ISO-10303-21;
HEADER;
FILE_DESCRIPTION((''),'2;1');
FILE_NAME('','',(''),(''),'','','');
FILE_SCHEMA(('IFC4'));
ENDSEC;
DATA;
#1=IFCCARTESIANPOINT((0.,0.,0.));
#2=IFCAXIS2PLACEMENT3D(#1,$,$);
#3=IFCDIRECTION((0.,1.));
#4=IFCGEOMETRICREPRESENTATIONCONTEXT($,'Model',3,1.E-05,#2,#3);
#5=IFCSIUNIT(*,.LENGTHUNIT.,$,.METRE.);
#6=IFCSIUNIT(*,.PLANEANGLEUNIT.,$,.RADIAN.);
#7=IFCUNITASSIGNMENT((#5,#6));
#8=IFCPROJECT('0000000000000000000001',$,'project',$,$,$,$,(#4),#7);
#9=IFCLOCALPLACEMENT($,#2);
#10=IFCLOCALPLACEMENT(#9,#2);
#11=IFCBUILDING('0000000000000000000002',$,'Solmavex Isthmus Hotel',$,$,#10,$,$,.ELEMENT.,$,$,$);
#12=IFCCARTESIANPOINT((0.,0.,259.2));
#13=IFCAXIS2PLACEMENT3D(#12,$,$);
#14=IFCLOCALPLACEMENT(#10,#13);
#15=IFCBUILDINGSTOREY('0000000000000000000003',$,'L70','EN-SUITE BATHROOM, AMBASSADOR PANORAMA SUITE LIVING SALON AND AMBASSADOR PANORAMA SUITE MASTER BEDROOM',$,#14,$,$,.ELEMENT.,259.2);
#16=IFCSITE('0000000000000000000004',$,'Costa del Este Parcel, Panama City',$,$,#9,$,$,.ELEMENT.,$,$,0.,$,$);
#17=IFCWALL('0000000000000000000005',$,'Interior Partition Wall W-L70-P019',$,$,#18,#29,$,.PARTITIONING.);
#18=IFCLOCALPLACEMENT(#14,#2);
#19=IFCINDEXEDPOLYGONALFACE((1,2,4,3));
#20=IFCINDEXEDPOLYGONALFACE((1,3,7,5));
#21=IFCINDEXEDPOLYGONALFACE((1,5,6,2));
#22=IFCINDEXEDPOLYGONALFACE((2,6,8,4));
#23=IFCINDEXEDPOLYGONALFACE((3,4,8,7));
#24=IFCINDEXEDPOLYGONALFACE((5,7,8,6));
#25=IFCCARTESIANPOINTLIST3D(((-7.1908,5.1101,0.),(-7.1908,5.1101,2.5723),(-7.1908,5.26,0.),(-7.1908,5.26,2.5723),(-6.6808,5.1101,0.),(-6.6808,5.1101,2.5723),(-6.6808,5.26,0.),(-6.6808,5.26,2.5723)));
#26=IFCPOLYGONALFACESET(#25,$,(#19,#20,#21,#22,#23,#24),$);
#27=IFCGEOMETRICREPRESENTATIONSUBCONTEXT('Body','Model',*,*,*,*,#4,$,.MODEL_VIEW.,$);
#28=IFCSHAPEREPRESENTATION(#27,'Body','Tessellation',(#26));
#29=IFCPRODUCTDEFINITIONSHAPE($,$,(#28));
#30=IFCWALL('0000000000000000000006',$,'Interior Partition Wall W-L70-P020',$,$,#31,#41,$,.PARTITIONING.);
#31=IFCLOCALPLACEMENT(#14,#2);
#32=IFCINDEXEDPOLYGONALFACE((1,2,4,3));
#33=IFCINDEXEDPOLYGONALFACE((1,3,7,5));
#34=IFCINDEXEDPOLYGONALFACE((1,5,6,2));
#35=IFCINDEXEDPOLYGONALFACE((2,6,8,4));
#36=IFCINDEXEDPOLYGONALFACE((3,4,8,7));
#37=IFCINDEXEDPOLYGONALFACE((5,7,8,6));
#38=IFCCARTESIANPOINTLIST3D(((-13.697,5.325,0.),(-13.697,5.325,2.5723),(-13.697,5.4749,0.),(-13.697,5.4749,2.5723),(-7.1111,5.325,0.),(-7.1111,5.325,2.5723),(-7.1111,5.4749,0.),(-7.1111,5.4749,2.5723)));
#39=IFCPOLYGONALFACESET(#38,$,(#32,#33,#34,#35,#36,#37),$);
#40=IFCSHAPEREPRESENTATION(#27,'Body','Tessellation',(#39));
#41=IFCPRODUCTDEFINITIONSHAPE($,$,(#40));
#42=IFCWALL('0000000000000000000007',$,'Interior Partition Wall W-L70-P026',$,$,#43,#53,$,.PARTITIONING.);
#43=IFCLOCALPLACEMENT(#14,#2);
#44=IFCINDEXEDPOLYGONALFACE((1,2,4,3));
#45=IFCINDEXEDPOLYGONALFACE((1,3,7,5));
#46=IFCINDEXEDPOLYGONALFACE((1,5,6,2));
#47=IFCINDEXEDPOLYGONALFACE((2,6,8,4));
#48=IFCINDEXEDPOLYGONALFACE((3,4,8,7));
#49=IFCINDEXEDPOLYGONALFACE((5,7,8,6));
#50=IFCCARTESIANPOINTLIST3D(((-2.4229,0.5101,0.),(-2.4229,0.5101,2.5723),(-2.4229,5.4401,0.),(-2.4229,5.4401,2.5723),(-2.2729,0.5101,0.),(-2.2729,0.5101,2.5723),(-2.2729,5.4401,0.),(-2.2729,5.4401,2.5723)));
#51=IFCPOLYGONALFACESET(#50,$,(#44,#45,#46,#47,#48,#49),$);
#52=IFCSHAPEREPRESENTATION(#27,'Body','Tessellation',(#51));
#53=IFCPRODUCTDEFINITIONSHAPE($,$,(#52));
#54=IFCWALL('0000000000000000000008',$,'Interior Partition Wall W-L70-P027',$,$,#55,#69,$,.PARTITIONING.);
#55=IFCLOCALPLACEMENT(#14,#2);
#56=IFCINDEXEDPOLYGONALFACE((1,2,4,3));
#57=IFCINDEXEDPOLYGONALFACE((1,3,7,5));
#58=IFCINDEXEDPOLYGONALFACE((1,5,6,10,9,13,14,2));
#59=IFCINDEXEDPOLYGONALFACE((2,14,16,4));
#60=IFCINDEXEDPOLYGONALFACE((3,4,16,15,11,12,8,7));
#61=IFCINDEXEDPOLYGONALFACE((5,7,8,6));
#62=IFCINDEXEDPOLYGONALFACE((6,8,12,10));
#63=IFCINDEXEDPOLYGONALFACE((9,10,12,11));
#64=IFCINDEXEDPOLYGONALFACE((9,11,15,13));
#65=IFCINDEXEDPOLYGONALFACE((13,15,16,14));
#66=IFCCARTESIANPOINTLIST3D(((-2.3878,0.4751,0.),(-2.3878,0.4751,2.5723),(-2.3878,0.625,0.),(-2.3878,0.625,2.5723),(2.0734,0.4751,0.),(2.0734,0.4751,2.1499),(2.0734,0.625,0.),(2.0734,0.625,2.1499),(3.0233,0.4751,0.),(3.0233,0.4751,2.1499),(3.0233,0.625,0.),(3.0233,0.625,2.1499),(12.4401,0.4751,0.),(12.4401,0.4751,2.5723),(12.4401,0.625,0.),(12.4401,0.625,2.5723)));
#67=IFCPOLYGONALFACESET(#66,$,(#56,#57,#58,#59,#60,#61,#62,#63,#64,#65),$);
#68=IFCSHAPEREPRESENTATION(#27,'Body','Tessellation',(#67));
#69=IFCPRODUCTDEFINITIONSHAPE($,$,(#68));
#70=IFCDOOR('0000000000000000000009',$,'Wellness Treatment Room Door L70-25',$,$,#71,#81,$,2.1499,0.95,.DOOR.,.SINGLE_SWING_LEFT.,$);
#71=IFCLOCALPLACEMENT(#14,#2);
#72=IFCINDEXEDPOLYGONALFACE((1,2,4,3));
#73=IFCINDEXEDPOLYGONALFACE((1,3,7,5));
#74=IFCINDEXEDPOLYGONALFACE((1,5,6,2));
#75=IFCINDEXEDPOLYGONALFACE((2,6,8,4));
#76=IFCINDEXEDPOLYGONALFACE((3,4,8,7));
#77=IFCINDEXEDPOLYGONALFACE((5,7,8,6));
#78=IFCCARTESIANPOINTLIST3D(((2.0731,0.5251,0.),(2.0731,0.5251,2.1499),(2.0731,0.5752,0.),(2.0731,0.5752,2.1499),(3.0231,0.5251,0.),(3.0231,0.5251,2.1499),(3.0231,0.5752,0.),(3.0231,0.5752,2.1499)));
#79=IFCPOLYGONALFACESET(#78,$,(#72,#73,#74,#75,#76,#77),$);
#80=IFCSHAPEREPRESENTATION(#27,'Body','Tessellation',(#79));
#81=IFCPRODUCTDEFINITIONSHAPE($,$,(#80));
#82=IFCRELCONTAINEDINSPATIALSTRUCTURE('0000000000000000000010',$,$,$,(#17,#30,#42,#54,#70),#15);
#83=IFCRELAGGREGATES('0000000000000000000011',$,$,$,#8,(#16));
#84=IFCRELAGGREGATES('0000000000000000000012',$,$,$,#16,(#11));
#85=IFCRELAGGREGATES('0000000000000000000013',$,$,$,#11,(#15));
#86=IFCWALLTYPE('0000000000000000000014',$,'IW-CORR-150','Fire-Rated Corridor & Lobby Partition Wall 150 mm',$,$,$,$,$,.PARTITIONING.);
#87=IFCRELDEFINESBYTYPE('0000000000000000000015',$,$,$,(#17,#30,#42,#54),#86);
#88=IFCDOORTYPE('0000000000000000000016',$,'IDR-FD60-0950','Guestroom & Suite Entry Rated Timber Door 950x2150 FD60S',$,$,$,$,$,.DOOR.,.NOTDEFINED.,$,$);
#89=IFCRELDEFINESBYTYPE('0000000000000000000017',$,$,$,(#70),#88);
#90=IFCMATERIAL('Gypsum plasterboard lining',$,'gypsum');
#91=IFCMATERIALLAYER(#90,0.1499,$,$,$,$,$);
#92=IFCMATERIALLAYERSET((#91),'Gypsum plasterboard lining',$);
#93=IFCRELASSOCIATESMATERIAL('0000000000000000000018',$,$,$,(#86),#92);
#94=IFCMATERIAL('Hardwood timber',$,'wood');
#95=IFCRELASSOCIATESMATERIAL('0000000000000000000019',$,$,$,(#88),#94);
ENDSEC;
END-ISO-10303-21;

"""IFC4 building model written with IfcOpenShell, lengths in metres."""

from ifc_helpers import new_model, si_unit, direction, frame, frame_2d, origin, place, context, subcontext, project, spatial, rectangle, extrude, material, layer, layer_set, type_object, element, fill, save


model = new_model("IFC4")

# Units and contexts
model_context = context("Model", 3, precision=1e-05, world=origin(), true_north=direction((0.0, 1.0)))
body_context = subcontext(model_context, "Body", "Model", "MODEL_VIEW")
ifc_project = project(units=[si_unit("LENGTHUNIT", "METRE"), si_unit("PLANEANGLEUNIT", "RADIAN")], contexts=[model_context])

# Site, building, storey
site_placement = place(None, origin())
site = spatial("IfcSite", under=ifc_project, at=site_placement, Name="Costa del Este Parcel, Panama City", CompositionType="ELEMENT", RefElevation=0.0)
building_placement = place(site_placement, origin())
building = spatial("IfcBuilding", under=site, at=building_placement, Name="Solmavex Isthmus Hotel", CompositionType="ELEMENT")
storey_placement = place(building_placement, frame((0.0, 0.0, 259.2)))
storey = spatial("IfcBuildingStorey", under=building, at=storey_placement, Name="L70", Description="EN-SUITE BATHROOM, AMBASSADOR PANORAMA SUITE LIVING SALON AND AMBASSADOR PANORAMA SUITE MASTER BEDROOM", CompositionType="ELEMENT", Elevation=259.2)

# Shared definitions
ifc_material_1 = material(Name="Gypsum plasterboard lining", Category="gypsum")
ifc_layer_1 = layer(ifc_material_1, 0.1499)
ifc_layer_set_1 = layer_set([ifc_layer_1], Name="Gypsum plasterboard lining")
wall_type_1 = type_object("IfcWallType", Name="IW-CORR-150", Description="Fire-Rated Corridor & Lobby Partition Wall 150 mm", PredefinedType="PARTITIONING", material=ifc_layer_set_1)

# Shared definitions
ifc_material_2 = material(Name="Hardwood timber", Category="wood")
door_type = type_object("IfcDoorType", Name="IDR-FD60-0950", Description="Guestroom & Suite Entry Rated Timber Door 950x2150 FD60S", OperationType="NOTDEFINED", PredefinedType="DOOR", material=ifc_material_2)

# Walls
wall_1_placement = place(storey_placement, frame((-6.6809, 5.1851, 0.0), z_axis=(0.0, 0.0, 1.0), x_axis=(-1.0, 0.0, 0.0)))
element("IfcWall", 1, at=wall_1_placement, inside=storey, type_object=wall_type_1, Name="Interior Partition Wall W-L70-P019", PredefinedType="PARTITIONING", context=body_context, shape_type="SweptSolid", body=[
    extrude(rectangle(XDim=0.51, YDim=0.1499, at=frame_2d((0.2549, 0.0))), origin(), (0.0, 0.0, 1.0), 2.5723),
])
wall_2_placement = place(storey_placement, frame((-7.1111, 5.3999, 0.0), z_axis=(0.0, 0.0, 1.0), x_axis=(-1.0, 0.0, 0.0)))
element("IfcWall", 2, at=wall_2_placement, inside=storey, type_object=wall_type_1, Name="Interior Partition Wall W-L70-P020", PredefinedType="PARTITIONING", context=body_context, shape_type="SweptSolid", body=[
    extrude(rectangle(XDim=6.5859, YDim=0.1499, at=frame_2d((3.293, 0.0))), origin(), (0.0, 0.0, 1.0), 2.5723),
])
wall_3_placement = place(storey_placement, frame((-2.3479, 5.4399, 0.0), z_axis=(0.0, 0.0, 1.0), x_axis=(0.0, -1.0, 0.0)))
element("IfcWall", 3, at=wall_3_placement, inside=storey, type_object=wall_type_1, Name="Interior Partition Wall W-L70-P026", PredefinedType="PARTITIONING", context=body_context, shape_type="SweptSolid", body=[
    extrude(rectangle(XDim=4.9299, YDim=0.1499, at=frame_2d((2.4648, 0.0))), origin(), (0.0, 0.0, 1.0), 2.5723),
])

# Wall, opening, door
wall_4_placement = place(storey_placement, frame((-2.3879, 0.55, 0.0), z_axis=(0.0, 0.0, 1.0), x_axis=(1.0, 0.0, 0.0)))
wall_4 = element("IfcWall", 4, at=wall_4_placement, inside=storey, type_object=wall_type_1, Name="Interior Partition Wall W-L70-P027", PredefinedType="PARTITIONING", context=body_context, shape_type="SweptSolid", body=[
    extrude(rectangle(XDim=14.8279, YDim=0.1499, at=frame_2d((7.4141, 0.0))), origin(), (0.0, 0.0, 1.0), 2.5723),
])
opening_1_placement = place(wall_4_placement, frame((4.4612, 0.0, 0.0)))
opening_1 = element("IfcOpeningElement", 5, at=opening_1_placement, cuts=wall_4, PredefinedType="OPENING", context=body_context, shape_type="SweptSolid", body=[
    extrude(rectangle(XDim=0.95, YDim=2.1499, at=frame_2d((0.4751, 1.075))), frame((0.0, 0.085, 0.0), z_axis=(0.0, -1.0, 0.0), x_axis=(1.0, 0.0, 0.0)), (0.0, 0.0, 1.0), 0.1699),
])
door_1_placement = place(opening_1_placement, frame((0.95, 0.0, 0.0), z_axis=(0.0, 0.0, 1.0), x_axis=(-1.0, 0.0, 0.0)))
door_1 = element("IfcDoor", 6, at=door_1_placement, inside=storey, type_object=door_type, Name="Wellness Treatment Room Door L70-25", OperationType="SINGLE_SWING_LEFT", OverallHeight=2.1499, OverallWidth=0.95, PredefinedType="DOOR", context=body_context, shape_type="SweptSolid", body=[
    extrude(rectangle(XDim=0.95, YDim=2.1499, at=frame_2d((0.4751, 1.075))), frame((0.0, 0.0249, 0.0), z_axis=(0.0, -1.0, 0.0), x_axis=(1.0, 0.0, 0.0)), (0.0, 0.0, 1.0), 0.05),
])
fill(opening_1, door_1)

save(model, "model.ifc")
